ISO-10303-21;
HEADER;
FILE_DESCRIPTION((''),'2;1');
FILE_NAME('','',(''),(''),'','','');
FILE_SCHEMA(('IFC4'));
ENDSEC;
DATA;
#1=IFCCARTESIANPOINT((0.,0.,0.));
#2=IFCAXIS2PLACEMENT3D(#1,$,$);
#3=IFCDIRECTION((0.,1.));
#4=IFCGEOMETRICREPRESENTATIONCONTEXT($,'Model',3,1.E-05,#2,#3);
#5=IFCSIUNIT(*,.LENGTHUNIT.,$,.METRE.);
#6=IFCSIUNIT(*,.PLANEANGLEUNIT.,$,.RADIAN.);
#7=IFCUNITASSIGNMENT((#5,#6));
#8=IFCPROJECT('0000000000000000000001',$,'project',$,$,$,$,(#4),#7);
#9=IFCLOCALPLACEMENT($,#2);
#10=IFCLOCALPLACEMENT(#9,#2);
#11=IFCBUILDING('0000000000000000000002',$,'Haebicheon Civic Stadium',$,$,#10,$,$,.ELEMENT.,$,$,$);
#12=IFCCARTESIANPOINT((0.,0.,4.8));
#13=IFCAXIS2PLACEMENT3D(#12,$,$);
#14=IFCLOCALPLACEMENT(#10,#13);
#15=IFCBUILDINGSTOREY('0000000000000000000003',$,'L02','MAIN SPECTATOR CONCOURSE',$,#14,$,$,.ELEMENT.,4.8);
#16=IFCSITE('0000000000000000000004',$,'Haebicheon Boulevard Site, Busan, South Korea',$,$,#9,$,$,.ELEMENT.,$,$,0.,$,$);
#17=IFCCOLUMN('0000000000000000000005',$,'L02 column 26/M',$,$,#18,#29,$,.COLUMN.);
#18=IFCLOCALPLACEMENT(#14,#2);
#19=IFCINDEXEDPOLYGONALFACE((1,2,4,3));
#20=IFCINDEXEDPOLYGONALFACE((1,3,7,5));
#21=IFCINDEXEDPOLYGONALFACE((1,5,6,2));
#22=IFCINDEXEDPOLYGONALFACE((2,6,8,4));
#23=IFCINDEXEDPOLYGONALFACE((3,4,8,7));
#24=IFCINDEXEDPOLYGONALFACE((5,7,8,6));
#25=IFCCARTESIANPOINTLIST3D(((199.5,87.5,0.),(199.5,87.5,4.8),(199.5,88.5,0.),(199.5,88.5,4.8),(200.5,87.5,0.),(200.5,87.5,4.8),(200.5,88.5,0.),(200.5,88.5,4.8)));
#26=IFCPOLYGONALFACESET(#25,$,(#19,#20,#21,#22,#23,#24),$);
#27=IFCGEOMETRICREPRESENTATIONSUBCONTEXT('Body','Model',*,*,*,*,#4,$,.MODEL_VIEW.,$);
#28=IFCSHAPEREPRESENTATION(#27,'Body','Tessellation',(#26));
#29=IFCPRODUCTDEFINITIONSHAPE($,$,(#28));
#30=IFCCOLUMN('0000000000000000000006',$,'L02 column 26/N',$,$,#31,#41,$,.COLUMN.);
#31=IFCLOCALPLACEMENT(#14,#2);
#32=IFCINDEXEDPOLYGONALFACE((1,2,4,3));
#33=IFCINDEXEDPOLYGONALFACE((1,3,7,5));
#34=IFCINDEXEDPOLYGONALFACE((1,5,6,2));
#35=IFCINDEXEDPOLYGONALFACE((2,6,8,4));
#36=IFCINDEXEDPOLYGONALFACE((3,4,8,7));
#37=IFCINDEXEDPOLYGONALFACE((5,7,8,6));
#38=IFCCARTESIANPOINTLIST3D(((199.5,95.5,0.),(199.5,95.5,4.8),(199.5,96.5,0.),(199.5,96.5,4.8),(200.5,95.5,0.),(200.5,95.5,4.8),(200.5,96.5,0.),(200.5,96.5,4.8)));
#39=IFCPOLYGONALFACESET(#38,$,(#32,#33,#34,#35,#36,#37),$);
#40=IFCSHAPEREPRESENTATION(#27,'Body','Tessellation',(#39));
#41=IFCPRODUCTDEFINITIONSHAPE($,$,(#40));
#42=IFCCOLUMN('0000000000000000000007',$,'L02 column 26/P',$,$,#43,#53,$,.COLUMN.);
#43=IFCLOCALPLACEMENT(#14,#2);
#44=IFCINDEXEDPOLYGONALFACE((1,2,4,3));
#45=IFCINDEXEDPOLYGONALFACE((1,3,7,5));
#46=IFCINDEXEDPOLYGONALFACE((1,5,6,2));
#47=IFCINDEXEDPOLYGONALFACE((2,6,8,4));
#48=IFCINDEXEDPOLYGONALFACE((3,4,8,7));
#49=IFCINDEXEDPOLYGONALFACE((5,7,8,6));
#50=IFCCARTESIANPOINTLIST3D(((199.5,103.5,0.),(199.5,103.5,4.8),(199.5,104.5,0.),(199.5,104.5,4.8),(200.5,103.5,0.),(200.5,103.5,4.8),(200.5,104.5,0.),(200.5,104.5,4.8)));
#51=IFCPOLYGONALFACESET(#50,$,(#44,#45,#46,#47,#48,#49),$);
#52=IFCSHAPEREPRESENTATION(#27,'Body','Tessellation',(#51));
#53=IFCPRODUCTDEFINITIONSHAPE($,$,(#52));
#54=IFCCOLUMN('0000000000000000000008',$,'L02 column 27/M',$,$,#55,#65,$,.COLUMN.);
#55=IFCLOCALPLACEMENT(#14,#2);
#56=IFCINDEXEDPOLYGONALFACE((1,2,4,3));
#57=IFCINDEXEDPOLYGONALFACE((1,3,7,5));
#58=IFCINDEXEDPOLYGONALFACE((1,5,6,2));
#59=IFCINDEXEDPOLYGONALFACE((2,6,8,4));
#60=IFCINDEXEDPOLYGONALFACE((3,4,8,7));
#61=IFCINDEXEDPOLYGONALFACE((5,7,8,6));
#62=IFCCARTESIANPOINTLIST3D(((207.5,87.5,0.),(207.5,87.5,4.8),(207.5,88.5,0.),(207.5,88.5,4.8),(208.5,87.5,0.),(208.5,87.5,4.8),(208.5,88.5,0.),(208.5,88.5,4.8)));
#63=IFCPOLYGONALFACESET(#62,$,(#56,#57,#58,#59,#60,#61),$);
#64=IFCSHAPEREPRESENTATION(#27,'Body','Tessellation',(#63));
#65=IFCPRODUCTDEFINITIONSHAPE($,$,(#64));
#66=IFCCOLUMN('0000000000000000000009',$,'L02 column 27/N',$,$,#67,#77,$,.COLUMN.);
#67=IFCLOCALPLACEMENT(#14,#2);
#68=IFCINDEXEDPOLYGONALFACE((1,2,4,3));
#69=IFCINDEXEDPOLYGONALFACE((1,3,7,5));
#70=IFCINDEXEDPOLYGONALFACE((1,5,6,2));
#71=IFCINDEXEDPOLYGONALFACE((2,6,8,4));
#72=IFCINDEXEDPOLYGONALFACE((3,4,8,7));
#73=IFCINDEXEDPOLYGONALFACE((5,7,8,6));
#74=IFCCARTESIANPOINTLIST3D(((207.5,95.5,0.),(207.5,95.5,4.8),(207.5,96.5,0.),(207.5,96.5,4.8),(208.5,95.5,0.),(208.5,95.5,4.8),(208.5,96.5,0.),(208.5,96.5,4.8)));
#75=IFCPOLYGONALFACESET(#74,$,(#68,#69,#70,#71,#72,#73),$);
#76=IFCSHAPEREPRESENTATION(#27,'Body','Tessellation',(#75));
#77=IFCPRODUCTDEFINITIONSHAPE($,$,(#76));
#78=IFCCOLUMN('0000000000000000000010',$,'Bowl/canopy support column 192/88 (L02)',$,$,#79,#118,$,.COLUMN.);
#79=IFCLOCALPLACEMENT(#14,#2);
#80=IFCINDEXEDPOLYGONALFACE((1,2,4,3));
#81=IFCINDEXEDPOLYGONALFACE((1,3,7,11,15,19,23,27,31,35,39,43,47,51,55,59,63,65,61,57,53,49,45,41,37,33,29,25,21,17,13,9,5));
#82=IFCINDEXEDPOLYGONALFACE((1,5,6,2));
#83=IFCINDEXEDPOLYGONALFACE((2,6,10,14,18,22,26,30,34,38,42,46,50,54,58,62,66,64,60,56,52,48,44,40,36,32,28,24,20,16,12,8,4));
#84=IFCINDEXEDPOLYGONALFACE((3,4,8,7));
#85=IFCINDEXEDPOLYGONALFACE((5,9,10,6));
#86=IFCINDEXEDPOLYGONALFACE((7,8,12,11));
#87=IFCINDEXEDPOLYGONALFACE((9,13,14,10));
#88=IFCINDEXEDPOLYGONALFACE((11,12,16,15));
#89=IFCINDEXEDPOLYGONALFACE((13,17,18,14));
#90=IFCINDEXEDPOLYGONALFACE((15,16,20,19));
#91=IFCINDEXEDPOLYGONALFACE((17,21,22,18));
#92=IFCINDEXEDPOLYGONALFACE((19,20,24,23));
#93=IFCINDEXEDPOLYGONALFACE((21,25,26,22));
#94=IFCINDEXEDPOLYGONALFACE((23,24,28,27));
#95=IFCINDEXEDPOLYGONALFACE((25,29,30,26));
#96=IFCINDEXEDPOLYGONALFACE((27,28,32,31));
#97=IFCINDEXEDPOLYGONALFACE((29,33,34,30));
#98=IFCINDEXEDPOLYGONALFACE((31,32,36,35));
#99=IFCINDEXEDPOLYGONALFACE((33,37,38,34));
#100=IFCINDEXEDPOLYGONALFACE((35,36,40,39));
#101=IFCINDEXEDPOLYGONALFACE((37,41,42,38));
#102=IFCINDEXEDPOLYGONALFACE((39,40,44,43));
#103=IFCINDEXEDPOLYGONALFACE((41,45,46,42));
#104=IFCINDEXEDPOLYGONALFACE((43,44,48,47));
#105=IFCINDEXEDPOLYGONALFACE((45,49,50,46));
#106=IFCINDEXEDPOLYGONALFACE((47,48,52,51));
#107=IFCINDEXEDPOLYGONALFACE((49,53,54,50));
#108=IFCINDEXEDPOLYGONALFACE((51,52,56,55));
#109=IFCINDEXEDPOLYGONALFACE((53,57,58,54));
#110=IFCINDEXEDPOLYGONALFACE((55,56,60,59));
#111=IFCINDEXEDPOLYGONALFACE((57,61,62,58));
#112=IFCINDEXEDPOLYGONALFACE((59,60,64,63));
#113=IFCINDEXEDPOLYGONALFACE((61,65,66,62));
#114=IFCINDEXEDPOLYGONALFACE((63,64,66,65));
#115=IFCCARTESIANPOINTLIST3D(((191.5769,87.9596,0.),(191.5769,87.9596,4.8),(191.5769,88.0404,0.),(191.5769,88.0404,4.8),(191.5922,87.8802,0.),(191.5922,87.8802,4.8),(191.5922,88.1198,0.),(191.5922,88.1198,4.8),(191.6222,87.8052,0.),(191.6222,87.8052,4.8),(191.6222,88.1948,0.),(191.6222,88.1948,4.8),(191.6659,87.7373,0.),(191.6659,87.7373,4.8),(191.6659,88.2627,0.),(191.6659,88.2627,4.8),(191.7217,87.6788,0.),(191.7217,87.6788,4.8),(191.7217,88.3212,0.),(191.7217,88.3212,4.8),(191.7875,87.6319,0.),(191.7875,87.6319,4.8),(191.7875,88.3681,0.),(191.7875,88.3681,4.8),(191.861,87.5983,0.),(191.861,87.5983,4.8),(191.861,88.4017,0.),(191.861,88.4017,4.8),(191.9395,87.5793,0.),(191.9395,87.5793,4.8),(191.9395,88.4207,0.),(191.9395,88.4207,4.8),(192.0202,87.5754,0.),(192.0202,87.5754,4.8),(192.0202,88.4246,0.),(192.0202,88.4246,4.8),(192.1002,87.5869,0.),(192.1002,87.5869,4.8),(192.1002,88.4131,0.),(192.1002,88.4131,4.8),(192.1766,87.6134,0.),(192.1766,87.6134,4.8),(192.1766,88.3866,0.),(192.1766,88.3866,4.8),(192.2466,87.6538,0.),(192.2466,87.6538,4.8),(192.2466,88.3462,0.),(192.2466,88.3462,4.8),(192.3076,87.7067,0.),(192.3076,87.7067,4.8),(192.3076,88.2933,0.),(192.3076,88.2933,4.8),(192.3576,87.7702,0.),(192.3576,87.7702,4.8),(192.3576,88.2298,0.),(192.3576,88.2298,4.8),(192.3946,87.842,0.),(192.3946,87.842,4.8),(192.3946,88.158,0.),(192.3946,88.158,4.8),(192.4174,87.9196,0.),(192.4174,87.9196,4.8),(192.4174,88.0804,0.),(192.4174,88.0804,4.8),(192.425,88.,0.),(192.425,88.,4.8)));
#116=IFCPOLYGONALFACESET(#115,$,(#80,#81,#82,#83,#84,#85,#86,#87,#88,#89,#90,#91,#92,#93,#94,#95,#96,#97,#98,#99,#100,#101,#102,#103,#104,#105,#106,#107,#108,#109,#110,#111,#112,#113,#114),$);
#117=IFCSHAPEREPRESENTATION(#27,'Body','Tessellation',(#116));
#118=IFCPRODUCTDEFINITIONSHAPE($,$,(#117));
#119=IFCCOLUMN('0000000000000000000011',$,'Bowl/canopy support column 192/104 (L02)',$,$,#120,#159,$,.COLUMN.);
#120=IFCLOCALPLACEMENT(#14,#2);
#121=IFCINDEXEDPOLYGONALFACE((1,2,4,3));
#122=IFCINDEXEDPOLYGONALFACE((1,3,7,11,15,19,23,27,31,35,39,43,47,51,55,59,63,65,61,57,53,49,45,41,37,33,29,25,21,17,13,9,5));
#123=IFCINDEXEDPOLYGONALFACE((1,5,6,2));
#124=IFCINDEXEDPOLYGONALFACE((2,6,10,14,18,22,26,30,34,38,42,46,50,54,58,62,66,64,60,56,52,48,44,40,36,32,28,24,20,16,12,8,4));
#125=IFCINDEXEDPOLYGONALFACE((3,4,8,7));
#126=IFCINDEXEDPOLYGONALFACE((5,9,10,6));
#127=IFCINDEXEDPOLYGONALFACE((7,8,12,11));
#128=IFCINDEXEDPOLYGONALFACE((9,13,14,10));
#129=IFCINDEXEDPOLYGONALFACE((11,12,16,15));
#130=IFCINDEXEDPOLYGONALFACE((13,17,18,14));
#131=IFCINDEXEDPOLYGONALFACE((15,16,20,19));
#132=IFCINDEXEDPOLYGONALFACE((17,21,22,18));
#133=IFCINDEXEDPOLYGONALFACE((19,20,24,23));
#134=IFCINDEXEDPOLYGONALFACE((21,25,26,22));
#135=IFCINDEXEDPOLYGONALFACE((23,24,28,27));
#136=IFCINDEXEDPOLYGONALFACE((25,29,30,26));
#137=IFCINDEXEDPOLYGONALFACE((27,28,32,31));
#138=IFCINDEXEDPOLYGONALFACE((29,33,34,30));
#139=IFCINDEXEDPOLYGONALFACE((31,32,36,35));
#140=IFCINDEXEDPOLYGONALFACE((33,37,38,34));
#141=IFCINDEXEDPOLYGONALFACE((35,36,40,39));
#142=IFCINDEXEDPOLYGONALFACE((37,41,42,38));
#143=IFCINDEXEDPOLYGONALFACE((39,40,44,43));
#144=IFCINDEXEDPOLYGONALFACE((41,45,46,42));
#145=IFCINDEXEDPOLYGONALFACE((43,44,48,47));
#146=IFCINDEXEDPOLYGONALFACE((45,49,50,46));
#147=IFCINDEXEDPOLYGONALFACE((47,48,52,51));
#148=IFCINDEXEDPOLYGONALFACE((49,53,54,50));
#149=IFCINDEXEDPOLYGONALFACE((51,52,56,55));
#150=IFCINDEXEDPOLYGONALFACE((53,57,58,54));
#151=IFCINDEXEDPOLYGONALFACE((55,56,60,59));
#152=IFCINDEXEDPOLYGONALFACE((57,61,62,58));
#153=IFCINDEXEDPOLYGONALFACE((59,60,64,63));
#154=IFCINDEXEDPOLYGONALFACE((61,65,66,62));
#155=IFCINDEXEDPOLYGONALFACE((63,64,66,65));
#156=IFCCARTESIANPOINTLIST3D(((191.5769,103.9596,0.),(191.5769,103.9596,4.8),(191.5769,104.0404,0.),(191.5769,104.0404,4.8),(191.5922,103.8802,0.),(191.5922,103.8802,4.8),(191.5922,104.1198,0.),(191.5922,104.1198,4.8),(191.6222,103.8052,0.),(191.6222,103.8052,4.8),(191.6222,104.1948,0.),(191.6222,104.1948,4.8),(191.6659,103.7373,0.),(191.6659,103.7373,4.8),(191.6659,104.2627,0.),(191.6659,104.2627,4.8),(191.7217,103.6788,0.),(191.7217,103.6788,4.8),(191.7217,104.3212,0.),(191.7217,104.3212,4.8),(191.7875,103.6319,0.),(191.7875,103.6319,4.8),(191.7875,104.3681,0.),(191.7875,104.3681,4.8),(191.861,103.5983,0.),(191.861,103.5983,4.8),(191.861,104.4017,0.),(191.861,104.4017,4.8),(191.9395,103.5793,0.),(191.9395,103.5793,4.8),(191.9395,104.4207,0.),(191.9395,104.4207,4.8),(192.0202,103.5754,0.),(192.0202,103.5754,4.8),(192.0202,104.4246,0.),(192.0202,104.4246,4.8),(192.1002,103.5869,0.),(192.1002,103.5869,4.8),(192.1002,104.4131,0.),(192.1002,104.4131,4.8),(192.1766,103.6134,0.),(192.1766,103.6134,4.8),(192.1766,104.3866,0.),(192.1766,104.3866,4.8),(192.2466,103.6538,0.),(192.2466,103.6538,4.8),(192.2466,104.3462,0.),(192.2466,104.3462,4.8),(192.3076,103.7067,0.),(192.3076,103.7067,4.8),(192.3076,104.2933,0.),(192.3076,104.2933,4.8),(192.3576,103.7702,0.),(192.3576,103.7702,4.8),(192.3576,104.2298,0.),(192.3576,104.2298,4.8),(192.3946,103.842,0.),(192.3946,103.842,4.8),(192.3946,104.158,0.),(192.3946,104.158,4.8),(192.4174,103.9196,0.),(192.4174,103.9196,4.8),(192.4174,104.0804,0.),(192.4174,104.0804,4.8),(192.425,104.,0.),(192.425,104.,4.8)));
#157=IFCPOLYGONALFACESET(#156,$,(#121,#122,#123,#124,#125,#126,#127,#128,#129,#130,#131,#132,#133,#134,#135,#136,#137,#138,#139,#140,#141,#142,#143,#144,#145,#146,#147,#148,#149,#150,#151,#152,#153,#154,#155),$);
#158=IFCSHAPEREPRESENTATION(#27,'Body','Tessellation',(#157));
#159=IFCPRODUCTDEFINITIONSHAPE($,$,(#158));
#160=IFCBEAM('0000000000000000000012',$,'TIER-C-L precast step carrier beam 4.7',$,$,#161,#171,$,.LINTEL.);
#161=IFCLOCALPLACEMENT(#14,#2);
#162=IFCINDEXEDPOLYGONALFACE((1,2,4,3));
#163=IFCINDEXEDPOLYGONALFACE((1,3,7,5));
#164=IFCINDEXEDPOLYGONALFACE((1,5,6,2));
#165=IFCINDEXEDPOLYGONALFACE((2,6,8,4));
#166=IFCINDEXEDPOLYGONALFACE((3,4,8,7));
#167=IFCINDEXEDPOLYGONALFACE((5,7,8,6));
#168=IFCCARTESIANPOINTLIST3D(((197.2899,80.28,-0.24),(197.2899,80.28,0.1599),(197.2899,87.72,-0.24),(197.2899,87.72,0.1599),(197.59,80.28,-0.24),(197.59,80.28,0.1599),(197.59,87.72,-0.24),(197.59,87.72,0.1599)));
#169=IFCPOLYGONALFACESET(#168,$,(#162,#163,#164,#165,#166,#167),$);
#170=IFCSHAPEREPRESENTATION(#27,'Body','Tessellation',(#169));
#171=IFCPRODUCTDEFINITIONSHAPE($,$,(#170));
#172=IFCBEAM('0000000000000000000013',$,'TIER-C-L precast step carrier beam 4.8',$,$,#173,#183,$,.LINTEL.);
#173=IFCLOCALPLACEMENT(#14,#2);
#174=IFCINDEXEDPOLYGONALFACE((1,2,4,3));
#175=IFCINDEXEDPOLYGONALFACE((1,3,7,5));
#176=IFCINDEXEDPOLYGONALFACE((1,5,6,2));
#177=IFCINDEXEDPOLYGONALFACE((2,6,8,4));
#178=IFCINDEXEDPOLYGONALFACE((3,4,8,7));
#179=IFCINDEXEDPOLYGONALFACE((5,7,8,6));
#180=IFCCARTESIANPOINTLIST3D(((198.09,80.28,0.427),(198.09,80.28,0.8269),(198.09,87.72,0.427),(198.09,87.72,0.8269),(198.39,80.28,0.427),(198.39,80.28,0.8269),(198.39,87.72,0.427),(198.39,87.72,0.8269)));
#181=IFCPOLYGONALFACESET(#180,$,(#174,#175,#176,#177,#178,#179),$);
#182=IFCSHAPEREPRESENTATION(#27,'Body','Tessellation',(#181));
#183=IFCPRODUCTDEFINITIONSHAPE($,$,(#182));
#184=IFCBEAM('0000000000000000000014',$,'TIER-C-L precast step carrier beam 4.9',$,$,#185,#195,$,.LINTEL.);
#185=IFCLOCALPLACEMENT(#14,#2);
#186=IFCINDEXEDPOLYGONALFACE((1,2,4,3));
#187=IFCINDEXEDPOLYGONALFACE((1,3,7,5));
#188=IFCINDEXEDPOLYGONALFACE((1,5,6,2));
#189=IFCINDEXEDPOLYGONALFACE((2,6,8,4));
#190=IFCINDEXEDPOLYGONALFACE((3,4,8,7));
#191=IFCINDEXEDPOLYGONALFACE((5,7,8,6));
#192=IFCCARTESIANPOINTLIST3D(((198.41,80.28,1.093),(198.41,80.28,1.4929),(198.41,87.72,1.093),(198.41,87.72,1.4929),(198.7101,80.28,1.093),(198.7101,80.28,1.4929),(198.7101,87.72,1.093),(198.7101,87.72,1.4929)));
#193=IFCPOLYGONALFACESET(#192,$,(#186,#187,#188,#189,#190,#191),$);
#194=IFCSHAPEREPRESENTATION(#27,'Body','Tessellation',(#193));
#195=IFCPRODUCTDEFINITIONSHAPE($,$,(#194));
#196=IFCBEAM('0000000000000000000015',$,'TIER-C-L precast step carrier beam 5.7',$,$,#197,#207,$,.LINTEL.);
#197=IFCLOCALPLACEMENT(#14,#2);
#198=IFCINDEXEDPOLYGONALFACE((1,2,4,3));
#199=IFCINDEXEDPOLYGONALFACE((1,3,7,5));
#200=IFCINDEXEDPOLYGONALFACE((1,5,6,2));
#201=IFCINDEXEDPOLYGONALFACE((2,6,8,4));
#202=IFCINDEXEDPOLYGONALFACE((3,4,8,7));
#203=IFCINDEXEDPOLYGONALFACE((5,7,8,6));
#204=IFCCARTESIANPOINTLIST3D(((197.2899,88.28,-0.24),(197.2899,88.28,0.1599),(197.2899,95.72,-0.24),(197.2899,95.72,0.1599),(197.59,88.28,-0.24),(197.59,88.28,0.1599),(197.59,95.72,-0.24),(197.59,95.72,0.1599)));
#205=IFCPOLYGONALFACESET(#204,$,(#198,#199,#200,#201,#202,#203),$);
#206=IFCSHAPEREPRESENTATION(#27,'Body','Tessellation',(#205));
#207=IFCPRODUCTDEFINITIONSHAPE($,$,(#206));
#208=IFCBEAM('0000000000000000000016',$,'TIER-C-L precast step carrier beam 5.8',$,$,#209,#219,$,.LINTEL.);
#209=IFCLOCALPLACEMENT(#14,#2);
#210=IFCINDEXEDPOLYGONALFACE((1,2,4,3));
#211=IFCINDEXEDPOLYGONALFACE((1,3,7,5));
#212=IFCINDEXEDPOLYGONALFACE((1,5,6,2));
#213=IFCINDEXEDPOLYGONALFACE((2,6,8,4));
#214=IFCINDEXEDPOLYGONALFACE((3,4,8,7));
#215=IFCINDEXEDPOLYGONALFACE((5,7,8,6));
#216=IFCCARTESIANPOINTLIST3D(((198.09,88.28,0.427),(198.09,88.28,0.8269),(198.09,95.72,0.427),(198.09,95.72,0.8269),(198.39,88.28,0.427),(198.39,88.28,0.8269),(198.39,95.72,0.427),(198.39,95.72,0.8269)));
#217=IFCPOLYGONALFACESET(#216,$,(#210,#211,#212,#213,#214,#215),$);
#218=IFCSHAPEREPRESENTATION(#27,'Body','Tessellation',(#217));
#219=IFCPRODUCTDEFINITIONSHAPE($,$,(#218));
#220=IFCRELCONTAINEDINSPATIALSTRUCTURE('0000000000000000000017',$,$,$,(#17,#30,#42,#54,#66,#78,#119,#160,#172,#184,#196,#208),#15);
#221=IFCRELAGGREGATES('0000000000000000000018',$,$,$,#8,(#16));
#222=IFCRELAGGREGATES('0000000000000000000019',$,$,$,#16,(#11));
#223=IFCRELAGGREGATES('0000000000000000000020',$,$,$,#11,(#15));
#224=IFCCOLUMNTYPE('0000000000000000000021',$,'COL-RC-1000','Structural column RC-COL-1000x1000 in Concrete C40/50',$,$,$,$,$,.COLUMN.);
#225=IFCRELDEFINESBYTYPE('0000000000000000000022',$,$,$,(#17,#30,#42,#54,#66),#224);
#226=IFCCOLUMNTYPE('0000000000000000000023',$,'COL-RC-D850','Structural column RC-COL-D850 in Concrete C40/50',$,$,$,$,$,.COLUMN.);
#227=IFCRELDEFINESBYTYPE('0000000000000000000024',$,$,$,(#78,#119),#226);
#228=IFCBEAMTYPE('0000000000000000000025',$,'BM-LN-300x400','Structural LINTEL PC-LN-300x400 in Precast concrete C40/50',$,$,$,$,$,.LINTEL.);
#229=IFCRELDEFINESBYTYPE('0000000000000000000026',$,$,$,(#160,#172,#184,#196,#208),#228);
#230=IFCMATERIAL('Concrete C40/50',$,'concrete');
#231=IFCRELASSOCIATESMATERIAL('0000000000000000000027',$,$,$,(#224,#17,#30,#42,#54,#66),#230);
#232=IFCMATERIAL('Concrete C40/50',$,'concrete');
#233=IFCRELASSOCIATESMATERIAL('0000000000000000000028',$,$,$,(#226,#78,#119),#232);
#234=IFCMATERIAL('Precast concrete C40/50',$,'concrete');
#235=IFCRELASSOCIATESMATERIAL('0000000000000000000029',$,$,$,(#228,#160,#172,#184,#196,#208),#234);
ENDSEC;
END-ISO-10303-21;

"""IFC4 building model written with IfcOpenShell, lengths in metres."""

from ifc_helpers import new_model, si_unit, direction, frame, origin, origin_2d, place, context, subcontext, project, spatial, rectangle, circle, extrude, material, material_profile, profile_set, type_object, element, save


model = new_model("IFC4")

# Units and contexts
model_context = context("Model", 3, precision=1e-05, world=origin(), true_north=direction((0.0, 1.0)))
body_context = subcontext(model_context, "Body", "Model", "MODEL_VIEW")
ifc_project = project(units=[si_unit("LENGTHUNIT", "METRE"), si_unit("PLANEANGLEUNIT", "RADIAN")], contexts=[model_context])

# Site, building, storey
site_placement = place(None, origin())
site = spatial("IfcSite", under=ifc_project, at=site_placement, Name="Haebicheon Boulevard Site, Busan, South Korea", CompositionType="ELEMENT", RefElevation=0.0)
building_placement = place(site_placement, origin())
building = spatial("IfcBuilding", under=site, at=building_placement, Name="Haebicheon Civic Stadium", CompositionType="ELEMENT")
storey_placement = place(building_placement, frame((0.0, 0.0, 4.8)))
storey = spatial("IfcBuildingStorey", under=building, at=storey_placement, Name="L02", Description="MAIN SPECTATOR CONCOURSE", CompositionType="ELEMENT", Elevation=4.8)

# Columns
ifc_material_1 = material(Name="Concrete C40/50", Category="concrete")
ifc_material_profile_1 = material_profile(ifc_material_1, rectangle(XDim=1.0, YDim=1.0, at=origin_2d()), Name="RC-COL-1000x1000")
ifc_profile_set_1 = profile_set([ifc_material_profile_1], Name="Concrete C40/50")
column_type_1 = type_object("IfcColumnType", Name="COL-RC-1000", Description="Structural column RC-COL-1000x1000 in Concrete C40/50", PredefinedType="COLUMN", material=ifc_profile_set_1)
for number, where, z_axis, x_axis, name in (
    (1, (200.0, 88.0, 0.0), (0.0, 0.0, 1.0), (1.0, 0.0, 0.0), "L02 column 26/M"),
    (2, (200.0, 96.0, 0.0), (0.0, 0.0, 1.0), (1.0, 0.0, 0.0), "L02 column 26/N"),
    (3, (200.0, 104.0, 0.0), (0.0, 0.0, 1.0), (1.0, 0.0, 0.0), "L02 column 26/P"),
    (4, (208.0, 88.0, 0.0), (0.0, 0.0, 1.0), (1.0, 0.0, 0.0), "L02 column 27/M"),
    (5, (208.0, 96.0, 0.0), (0.0, 0.0, 1.0), (1.0, 0.0, 0.0), "L02 column 27/N"),
):
    element("IfcColumn", number, at=place(storey_placement, frame(where, z_axis=z_axis, x_axis=x_axis)), inside=storey, type_object=column_type_1, material=ifc_profile_set_1, Name=name, PredefinedType="COLUMN", context=body_context, shape_type="SweptSolid", body=[
        extrude(rectangle(XDim=1.0, YDim=1.0, at=origin_2d()), origin(), (0.0, 0.0, 1.0), 4.8),
    ])
ifc_material_2 = material(Name="Concrete C40/50", Category="concrete")
ifc_material_profile_2 = material_profile(ifc_material_2, circle(Radius=0.425, at=origin_2d()), Name="RC-COL-D850")
ifc_profile_set_2 = profile_set([ifc_material_profile_2], Name="Concrete C40/50")
column_type_2 = type_object("IfcColumnType", Name="COL-RC-D850", Description="Structural column RC-COL-D850 in Concrete C40/50", PredefinedType="COLUMN", material=ifc_profile_set_2)
for number, where, z_axis, x_axis, name in (
    (6, (192.0, 88.0, 0.0), (0.0, 0.0, 1.0), (1.0, 0.0, 0.0), "Bowl/canopy support column 192/88 (L02)"),
    (7, (192.0, 104.0, 0.0), (0.0, 0.0, 1.0), (1.0, 0.0, 0.0), "Bowl/canopy support column 192/104 (L02)"),
):
    element("IfcColumn", number, at=place(storey_placement, frame(where, z_axis=z_axis, x_axis=x_axis)), inside=storey, type_object=column_type_2, material=ifc_profile_set_2, Name=name, PredefinedType="COLUMN", context=body_context, shape_type="SweptSolid", body=[
        extrude(circle(Radius=0.425, at=origin_2d()), origin(), (0.0, 0.0, 1.0), 4.8),
    ])

# Beams
ifc_material_3 = material(Name="Precast concrete C40/50", Category="concrete")
ifc_material_profile_3 = material_profile(ifc_material_3, rectangle(XDim=0.3, YDim=0.3999, at=origin_2d()), Name="PC-LN-300x400")
ifc_profile_set_3 = profile_set([ifc_material_profile_3], Name="Precast concrete C40/50")
beam_type_1 = type_object("IfcBeamType", Name="BM-LN-300x400", Description="Structural LINTEL PC-LN-300x400 in Precast concrete C40/50", PredefinedType="LINTEL", material=ifc_profile_set_3)
for number, where, z_axis, x_axis, name in (
    (8, (197.4399, 80.28, -0.04), (0.0, 1.0, 0.0), (-1.0, 0.0, 0.0), "TIER-C-L precast step carrier beam 4.7"),
    (9, (198.24, 80.28, 0.627), (0.0, 1.0, 0.0), (-1.0, 0.0, 0.0), "TIER-C-L precast step carrier beam 4.8"),
    (10, (198.5601, 80.28, 1.293), (0.0, 1.0, 0.0), (-1.0, 0.0, 0.0), "TIER-C-L precast step carrier beam 4.9"),
    (11, (197.4399, 88.28, -0.04), (0.0, 1.0, 0.0), (-1.0, 0.0, 0.0), "TIER-C-L precast step carrier beam 5.7"),
    (12, (198.24, 88.28, 0.627), (0.0, 1.0, 0.0), (-1.0, 0.0, 0.0), "TIER-C-L precast step carrier beam 5.8"),
):
    element("IfcBeam", number, at=place(storey_placement, frame(where, z_axis=z_axis, x_axis=x_axis)), inside=storey, type_object=beam_type_1, material=ifc_profile_set_3, Name=name, PredefinedType="LINTEL", context=body_context, shape_type="SweptSolid", body=[
        extrude(rectangle(XDim=0.3, YDim=0.3999, at=origin_2d()), origin(), (0.0, 0.0, 1.0), 7.4399),
    ])

save(model, "model.ifc")
